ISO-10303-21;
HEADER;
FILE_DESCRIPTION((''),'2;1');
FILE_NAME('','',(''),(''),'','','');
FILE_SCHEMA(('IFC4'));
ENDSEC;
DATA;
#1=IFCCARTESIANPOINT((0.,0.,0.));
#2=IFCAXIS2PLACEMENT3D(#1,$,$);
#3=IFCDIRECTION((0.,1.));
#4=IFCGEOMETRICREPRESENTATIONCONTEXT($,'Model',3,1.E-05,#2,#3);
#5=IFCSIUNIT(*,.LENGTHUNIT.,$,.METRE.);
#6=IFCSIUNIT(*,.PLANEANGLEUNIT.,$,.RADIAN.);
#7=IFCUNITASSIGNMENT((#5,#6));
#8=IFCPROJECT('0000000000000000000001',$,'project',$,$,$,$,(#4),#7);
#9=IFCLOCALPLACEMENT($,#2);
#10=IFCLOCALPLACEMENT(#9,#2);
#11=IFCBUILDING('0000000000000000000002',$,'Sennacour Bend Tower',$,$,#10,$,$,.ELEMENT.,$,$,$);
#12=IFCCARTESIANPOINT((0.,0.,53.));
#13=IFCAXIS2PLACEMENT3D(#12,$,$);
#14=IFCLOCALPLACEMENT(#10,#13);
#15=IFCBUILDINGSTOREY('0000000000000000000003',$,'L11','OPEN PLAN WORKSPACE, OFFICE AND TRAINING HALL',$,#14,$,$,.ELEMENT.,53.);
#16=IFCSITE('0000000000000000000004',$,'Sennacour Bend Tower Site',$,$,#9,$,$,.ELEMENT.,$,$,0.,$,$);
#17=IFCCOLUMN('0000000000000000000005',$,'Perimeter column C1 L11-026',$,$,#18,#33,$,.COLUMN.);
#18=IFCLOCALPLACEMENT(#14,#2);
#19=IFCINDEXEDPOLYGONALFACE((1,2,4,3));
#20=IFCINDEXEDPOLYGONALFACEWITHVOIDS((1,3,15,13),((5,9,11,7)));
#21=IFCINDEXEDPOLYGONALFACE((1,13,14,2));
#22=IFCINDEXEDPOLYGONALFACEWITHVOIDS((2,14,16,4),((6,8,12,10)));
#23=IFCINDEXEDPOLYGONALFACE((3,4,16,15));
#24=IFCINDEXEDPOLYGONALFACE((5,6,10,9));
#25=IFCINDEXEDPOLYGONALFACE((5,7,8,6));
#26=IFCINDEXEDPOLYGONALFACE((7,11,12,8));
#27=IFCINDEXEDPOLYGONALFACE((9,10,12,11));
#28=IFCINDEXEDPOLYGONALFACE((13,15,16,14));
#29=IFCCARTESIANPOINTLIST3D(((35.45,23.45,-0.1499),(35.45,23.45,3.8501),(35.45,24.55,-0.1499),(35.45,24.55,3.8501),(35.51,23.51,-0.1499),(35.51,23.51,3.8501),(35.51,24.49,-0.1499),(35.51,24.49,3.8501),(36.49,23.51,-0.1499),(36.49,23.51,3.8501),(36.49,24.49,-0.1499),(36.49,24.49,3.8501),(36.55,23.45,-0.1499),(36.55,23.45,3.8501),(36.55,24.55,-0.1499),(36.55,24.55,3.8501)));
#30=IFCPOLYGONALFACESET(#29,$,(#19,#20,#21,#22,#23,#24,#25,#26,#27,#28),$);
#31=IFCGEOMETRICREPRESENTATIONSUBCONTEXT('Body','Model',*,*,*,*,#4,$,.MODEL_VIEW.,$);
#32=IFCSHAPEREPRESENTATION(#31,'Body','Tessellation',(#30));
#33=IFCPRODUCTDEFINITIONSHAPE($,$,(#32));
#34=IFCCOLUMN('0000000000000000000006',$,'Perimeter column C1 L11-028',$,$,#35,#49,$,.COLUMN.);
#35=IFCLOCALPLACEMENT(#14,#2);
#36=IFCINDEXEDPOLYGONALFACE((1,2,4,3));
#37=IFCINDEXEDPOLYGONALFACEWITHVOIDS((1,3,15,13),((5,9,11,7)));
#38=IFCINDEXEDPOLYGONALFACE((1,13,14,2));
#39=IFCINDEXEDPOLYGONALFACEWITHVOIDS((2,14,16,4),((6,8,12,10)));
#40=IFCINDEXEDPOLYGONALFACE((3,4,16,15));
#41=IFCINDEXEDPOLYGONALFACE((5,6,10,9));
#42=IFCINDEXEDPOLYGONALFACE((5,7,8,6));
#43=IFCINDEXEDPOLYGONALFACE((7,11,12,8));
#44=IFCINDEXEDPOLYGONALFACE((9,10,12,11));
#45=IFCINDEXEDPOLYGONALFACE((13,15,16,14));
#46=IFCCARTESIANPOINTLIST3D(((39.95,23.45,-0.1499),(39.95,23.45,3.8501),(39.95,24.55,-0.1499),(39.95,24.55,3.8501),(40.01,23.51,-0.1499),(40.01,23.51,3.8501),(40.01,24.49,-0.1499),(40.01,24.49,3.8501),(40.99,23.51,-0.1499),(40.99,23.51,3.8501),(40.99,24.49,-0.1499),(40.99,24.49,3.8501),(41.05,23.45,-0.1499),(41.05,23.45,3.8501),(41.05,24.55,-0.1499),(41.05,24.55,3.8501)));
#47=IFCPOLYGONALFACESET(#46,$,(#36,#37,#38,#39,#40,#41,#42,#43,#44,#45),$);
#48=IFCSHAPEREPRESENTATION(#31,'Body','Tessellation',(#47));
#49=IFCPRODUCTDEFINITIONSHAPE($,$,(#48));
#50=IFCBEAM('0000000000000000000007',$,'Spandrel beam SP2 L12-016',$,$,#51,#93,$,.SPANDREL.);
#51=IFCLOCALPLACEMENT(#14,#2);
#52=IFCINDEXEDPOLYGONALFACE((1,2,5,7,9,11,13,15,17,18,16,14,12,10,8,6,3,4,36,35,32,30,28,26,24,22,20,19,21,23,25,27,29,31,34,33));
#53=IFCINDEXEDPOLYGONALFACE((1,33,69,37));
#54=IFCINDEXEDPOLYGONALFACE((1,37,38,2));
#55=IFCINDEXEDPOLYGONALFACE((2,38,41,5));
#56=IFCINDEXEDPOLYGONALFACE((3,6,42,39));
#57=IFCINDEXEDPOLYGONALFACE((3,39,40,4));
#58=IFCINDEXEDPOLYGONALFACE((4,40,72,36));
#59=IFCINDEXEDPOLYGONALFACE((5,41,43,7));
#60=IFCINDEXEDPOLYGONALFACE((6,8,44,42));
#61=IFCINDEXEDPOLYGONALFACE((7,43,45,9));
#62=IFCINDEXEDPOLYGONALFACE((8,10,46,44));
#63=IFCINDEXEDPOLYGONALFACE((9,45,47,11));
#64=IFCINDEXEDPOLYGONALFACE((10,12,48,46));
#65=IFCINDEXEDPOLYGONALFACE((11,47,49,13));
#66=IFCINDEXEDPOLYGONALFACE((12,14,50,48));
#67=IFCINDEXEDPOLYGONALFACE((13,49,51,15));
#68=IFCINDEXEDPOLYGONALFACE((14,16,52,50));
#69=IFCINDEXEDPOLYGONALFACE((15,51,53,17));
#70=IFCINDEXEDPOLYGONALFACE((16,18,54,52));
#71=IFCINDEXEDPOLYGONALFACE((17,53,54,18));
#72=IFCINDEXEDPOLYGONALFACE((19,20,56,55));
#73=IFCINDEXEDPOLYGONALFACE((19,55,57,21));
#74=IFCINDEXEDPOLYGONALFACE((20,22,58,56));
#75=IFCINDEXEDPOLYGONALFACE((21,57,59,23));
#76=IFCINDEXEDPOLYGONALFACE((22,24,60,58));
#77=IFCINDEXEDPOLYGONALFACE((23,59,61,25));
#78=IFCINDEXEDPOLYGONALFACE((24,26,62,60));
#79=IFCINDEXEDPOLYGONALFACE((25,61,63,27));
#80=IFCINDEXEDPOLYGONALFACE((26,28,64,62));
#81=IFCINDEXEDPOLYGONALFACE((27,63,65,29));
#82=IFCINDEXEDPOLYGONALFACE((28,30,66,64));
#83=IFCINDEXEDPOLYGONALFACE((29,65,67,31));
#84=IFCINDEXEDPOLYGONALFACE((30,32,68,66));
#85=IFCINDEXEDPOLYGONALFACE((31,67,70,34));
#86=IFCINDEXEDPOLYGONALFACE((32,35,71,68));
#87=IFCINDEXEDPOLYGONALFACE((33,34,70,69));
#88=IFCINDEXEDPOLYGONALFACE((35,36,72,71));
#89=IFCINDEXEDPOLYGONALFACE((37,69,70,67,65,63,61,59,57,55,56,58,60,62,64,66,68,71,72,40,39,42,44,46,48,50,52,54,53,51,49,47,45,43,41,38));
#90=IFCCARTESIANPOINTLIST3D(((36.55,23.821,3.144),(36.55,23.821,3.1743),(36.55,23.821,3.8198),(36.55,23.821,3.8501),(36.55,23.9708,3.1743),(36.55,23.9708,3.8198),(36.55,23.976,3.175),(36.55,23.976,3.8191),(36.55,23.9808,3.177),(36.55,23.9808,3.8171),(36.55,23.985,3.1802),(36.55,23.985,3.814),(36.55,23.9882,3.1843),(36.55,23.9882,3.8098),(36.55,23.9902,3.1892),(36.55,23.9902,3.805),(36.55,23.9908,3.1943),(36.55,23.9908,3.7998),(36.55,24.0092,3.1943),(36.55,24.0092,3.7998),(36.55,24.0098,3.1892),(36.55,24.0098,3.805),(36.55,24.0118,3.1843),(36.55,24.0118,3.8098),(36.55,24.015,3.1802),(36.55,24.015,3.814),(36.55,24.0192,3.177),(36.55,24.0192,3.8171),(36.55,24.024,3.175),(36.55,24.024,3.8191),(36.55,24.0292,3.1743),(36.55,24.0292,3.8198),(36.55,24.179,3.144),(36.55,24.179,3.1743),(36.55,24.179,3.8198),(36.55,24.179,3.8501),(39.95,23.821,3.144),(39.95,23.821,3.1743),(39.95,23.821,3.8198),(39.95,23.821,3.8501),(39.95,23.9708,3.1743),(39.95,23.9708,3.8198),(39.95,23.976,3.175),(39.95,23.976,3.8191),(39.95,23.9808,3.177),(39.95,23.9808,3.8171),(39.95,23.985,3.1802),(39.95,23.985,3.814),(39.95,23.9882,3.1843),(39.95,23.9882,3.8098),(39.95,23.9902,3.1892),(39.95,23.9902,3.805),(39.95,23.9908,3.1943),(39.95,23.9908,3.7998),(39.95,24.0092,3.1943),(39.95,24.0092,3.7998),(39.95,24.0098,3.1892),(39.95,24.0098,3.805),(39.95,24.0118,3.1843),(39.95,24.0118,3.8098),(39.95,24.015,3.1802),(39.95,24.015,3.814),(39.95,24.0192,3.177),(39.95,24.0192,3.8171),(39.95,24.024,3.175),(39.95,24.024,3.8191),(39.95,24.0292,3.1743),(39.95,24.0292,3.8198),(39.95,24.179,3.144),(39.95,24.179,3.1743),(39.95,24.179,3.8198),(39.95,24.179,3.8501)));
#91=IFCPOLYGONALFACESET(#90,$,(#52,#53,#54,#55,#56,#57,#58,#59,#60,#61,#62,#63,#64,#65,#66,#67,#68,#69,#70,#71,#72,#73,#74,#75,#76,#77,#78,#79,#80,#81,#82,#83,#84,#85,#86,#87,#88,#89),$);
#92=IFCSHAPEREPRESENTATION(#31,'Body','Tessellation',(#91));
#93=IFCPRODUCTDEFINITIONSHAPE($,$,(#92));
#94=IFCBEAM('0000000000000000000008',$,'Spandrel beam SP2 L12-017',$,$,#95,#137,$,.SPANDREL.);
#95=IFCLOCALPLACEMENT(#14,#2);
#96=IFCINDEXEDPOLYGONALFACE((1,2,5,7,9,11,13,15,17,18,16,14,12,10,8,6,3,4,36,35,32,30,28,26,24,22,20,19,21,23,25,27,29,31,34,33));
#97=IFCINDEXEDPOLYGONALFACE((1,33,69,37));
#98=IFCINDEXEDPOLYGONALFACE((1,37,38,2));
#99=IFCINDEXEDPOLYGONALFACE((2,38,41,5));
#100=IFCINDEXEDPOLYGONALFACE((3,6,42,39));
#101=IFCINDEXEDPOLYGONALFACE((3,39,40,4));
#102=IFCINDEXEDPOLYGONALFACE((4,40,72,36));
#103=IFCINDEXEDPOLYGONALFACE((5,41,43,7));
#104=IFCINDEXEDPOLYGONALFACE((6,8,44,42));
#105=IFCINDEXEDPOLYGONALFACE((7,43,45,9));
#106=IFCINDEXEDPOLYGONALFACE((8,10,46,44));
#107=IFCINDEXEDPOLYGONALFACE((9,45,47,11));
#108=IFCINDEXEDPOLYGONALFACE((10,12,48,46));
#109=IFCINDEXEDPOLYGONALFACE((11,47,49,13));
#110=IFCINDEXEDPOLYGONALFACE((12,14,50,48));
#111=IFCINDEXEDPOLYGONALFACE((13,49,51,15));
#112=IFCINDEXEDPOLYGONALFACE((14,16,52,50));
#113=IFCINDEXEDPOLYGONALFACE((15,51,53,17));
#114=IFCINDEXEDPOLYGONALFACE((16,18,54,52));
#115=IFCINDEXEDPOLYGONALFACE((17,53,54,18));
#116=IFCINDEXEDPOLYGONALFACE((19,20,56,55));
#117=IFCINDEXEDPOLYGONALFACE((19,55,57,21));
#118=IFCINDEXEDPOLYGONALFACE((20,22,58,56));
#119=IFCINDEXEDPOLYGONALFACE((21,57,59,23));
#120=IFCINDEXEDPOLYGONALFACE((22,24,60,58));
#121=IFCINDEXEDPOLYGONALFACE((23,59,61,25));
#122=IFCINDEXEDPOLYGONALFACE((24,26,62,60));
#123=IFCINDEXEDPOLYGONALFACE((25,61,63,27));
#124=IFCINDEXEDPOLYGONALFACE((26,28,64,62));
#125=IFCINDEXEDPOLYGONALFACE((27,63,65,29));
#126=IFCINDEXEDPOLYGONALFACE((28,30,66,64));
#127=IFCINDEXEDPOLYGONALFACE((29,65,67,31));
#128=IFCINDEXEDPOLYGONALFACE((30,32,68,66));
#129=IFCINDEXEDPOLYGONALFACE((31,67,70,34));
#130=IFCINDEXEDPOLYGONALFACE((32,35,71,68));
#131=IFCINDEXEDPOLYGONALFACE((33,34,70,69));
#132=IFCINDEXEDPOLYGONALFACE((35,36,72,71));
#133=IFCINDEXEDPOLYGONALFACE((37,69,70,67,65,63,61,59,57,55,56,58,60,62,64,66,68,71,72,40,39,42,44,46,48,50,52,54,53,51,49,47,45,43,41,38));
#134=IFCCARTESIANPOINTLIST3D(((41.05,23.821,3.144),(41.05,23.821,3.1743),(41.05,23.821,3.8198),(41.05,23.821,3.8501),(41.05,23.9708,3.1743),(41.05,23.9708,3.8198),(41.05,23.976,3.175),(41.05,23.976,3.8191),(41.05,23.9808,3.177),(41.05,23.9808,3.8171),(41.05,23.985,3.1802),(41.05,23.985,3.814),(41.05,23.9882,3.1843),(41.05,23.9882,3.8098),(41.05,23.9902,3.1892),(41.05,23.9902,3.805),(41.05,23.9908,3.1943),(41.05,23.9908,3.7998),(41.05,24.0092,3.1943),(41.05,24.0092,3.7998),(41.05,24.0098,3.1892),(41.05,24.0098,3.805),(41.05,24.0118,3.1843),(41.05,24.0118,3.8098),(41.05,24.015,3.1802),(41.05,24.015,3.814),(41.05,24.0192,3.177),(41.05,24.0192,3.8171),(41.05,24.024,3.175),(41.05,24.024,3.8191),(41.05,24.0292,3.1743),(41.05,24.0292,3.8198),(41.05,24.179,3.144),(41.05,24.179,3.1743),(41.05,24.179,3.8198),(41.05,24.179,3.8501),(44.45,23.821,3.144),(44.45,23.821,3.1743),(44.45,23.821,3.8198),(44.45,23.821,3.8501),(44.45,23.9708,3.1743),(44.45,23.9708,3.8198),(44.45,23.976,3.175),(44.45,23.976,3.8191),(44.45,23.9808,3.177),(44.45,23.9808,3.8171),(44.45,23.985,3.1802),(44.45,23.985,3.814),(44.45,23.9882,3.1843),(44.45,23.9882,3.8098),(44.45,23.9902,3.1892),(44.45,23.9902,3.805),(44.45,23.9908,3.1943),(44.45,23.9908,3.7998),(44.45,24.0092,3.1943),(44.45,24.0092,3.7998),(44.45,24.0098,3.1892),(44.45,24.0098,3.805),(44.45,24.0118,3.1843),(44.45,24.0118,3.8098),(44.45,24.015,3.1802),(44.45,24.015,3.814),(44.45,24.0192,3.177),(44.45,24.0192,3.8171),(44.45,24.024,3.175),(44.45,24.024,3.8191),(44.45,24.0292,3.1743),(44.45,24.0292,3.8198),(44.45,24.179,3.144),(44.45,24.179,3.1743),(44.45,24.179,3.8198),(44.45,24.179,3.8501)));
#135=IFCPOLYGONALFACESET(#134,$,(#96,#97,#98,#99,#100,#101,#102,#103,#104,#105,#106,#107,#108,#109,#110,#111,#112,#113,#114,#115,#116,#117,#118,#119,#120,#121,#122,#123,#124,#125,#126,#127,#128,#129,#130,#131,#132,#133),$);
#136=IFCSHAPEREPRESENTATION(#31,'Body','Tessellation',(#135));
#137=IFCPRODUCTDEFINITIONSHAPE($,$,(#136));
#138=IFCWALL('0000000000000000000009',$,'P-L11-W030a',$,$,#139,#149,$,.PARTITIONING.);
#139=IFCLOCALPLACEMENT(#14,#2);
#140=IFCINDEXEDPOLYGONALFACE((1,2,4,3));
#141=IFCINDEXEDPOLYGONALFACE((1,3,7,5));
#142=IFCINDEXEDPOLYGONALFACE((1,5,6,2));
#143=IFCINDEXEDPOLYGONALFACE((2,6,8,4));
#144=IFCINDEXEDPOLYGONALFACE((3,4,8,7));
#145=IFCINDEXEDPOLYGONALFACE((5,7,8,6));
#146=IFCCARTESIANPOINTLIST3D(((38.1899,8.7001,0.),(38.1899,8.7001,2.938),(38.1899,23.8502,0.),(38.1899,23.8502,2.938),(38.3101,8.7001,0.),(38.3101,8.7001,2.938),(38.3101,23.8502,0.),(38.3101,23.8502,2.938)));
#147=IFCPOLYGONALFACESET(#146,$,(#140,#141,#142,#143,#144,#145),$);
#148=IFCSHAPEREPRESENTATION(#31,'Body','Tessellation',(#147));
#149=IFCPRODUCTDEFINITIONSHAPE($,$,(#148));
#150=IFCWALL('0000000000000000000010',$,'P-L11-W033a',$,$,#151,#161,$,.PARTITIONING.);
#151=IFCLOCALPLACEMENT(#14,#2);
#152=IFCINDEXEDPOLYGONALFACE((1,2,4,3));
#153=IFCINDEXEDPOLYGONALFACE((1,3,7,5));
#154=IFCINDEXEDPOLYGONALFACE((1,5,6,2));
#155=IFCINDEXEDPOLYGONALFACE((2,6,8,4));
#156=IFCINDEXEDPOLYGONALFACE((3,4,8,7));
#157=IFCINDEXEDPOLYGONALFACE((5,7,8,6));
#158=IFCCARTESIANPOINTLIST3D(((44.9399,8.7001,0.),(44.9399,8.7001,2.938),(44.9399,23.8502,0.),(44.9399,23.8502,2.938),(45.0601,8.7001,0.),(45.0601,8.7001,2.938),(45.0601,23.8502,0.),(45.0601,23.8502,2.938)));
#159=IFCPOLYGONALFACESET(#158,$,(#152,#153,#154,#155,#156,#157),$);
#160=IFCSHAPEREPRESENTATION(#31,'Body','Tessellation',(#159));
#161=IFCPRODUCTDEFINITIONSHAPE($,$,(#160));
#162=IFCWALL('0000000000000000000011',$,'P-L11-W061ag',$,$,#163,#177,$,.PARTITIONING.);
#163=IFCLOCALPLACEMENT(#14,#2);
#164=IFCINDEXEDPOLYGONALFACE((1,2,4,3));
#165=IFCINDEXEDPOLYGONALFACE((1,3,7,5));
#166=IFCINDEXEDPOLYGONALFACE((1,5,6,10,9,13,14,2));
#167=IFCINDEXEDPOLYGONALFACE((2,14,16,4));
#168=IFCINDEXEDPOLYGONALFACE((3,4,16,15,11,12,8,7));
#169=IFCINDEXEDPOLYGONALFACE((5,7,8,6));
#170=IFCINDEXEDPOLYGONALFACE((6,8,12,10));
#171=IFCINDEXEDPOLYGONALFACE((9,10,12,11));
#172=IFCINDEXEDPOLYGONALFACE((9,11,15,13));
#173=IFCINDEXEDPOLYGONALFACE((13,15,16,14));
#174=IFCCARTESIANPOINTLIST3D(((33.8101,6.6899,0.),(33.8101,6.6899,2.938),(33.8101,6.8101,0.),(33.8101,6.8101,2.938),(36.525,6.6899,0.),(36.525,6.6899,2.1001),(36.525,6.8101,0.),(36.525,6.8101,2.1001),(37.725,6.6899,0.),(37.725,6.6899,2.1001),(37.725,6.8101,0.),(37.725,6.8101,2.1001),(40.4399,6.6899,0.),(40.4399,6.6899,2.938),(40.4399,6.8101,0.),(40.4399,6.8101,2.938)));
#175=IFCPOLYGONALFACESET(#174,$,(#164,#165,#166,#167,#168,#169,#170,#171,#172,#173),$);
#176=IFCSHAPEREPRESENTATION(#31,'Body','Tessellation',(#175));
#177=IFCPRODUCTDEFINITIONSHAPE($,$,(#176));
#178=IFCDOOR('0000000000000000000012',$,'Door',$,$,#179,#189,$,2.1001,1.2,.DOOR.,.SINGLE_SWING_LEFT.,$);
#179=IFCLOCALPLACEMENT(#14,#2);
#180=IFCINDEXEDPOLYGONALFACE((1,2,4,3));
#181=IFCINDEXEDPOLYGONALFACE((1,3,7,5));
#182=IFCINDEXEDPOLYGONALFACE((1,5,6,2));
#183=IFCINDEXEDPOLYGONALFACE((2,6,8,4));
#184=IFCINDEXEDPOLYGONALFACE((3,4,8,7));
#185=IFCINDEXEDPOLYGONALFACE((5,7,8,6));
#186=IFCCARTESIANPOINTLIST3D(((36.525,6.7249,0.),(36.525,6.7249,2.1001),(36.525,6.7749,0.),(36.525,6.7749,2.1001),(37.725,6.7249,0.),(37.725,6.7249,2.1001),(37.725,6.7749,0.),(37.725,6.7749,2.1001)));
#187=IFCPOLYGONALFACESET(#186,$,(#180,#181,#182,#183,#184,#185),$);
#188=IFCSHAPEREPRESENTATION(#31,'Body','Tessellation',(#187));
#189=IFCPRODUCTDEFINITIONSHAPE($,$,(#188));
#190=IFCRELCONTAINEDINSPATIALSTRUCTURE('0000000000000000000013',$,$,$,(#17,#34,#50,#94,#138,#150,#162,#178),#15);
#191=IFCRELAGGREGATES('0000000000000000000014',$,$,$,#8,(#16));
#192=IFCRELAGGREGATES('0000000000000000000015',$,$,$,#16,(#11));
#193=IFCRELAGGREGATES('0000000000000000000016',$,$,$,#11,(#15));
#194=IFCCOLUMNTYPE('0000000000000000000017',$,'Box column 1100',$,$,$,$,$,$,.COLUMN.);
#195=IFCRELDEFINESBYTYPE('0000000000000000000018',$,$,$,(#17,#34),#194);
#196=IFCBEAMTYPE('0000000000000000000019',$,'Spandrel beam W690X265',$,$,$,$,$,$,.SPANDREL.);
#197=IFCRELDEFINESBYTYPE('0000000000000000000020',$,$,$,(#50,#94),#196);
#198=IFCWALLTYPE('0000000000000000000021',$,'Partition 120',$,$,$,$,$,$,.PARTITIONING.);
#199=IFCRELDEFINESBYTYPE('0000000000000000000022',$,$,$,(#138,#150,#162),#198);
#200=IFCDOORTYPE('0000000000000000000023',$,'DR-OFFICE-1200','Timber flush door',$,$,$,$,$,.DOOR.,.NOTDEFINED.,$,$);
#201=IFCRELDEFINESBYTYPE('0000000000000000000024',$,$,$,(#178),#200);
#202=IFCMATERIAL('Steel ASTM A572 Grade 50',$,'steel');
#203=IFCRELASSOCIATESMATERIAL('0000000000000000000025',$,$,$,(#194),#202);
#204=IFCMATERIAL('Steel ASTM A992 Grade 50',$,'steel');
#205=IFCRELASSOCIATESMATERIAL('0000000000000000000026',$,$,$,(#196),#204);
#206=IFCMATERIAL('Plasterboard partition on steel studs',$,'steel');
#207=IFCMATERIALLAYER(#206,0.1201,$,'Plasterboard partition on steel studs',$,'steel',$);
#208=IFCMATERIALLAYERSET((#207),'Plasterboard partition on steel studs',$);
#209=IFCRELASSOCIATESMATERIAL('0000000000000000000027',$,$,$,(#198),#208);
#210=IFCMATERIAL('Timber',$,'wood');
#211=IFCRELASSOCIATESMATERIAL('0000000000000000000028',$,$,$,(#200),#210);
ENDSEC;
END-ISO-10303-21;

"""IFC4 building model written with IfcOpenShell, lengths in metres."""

from ifc_helpers import new_model, si_unit, direction, frame, frame_2d, origin, origin_2d, place, context, subcontext, project, spatial, rectangle, hollow_rectangle, i_section, extrude, material, layer, layer_set, material_profile, profile_set, type_object, element, fill, save


model = new_model("IFC4")

# Units and contexts
model_context = context("Model", 3, precision=1e-05, world=origin(), true_north=direction((0.0, 1.0)))
body_context = subcontext(model_context, "Body", "Model", "MODEL_VIEW")
ifc_project = project(units=[si_unit("LENGTHUNIT", "METRE"), si_unit("PLANEANGLEUNIT", "RADIAN")], contexts=[model_context])

# Site, building, storey
site_placement = place(None, origin())
site = spatial("IfcSite", under=ifc_project, at=site_placement, Name="Sennacour Bend Tower Site", CompositionType="ELEMENT", RefElevation=0.0)
building_placement = place(site_placement, origin())
building = spatial("IfcBuilding", under=site, at=building_placement, Name="Sennacour Bend Tower", CompositionType="ELEMENT")
storey_placement = place(building_placement, frame((0.0, 0.0, 53.0)))
storey = spatial("IfcBuildingStorey", under=building, at=storey_placement, Name="L11", Description="OPEN PLAN WORKSPACE, OFFICE AND TRAINING HALL", CompositionType="ELEMENT", Elevation=53.0)

# Columns
ifc_material_1 = material(Name="Steel ASTM A572 Grade 50", Category="steel")
ifc_material_profile_1 = material_profile(ifc_material_1, hollow_rectangle(XDim=1.1001, YDim=1.1001, WallThickness=0.0601, at=origin_2d()), Name="Steel ASTM A572 Grade 50", Category="steel")
ifc_profile_set_1 = profile_set([ifc_material_profile_1], Name="Steel ASTM A572 Grade 50")
column_type = type_object("IfcColumnType", Name="Box column 1100", PredefinedType="COLUMN", material=ifc_profile_set_1)
for number, where, z_axis, x_axis, name in (
    (1, (36.0, 24.0, -0.1499), (0.0, 0.0, 1.0), (1.0, 0.0, 0.0), "Perimeter column C1 L11-026"),
    (2, (40.5, 24.0, -0.1499), (0.0, 0.0, 1.0), (1.0, 0.0, 0.0), "Perimeter column C1 L11-028"),
):
    element("IfcColumn", number, at=place(storey_placement, frame(where, z_axis=z_axis, x_axis=x_axis)), inside=storey, type_object=column_type, Name=name, PredefinedType="COLUMN", context=body_context, shape_type="SweptSolid", body=[
        extrude(hollow_rectangle(XDim=1.1001, YDim=1.1001, WallThickness=0.0601, at=origin_2d()), origin(), (0.0, 0.0, 1.0), 4.0),
    ])

# Beams
ifc_material_2 = material(Name="Steel ASTM A992 Grade 50", Category="steel")
ifc_material_profile_2 = material_profile(ifc_material_2, i_section(OverallWidth=0.3579, OverallDepth=0.7061, WebThickness=0.0183, FlangeThickness=0.0303, FilletRadius=0.02, at=origin_2d()), Name="Steel ASTM A992 Grade 50", Category="steel")
ifc_profile_set_2 = profile_set([ifc_material_profile_2], Name="Steel ASTM A992 Grade 50")
beam_type = type_object("IfcBeamType", Name="Spandrel beam W690X265", PredefinedType="SPANDREL", material=ifc_profile_set_2)
for number, where, z_axis, x_axis, name in (
    (3, (36.55, 24.0, 3.4971), (1.0, 0.0, 0.0), (0.0, 1.0, 0.0), "Spandrel beam SP2 L12-016"),
    (4, (41.05, 24.0, 3.4971), (1.0, 0.0, 0.0), (0.0, 1.0, 0.0), "Spandrel beam SP2 L12-017"),
):
    element("IfcBeam", number, at=place(storey_placement, frame(where, z_axis=z_axis, x_axis=x_axis)), inside=storey, type_object=beam_type, Name=name, PredefinedType="SPANDREL", context=body_context, shape_type="SweptSolid", body=[
        extrude(i_section(OverallWidth=0.3579, OverallDepth=0.7061, WebThickness=0.0183, FlangeThickness=0.0303, FilletRadius=0.02, at=origin_2d()), origin(), (0.0, 0.0, 1.0), 3.3999),
    ])

# Walls
ifc_material_3 = material(Name="Plasterboard partition on steel studs", Category="steel")
ifc_layer_1 = layer(ifc_material_3, 0.1201, Name="Plasterboard partition on steel studs", Category="steel")
ifc_layer_set_1 = layer_set([ifc_layer_1], Name="Plasterboard partition on steel studs")
wall_type_1 = type_object("IfcWallType", Name="Partition 120", PredefinedType="PARTITIONING", material=ifc_layer_set_1)
for number, where, z_axis, x_axis, name in (
    (5, (38.25, 8.7, 0.0), (0.0, 0.0, 1.0), (0.0, 1.0, 0.0), "P-L11-W030a"),
    (6, (45.0, 8.7, 0.0), (0.0, 0.0, 1.0), (0.0, 1.0, 0.0), "P-L11-W033a"),
):
    element("IfcWall", number, at=place(storey_placement, frame(where, z_axis=z_axis, x_axis=x_axis)), inside=storey, type_object=wall_type_1, Name=name, PredefinedType="PARTITIONING", context=body_context, shape_type="SweptSolid", body=[
        extrude(rectangle(XDim=15.1501, YDim=0.1201, at=frame_2d((7.5752, 0.0))), origin(), (0.0, 0.0, 1.0), 2.938),
    ])

# Wall, opening, door
wall_1_placement = place(storey_placement, frame((33.8101, 6.75, 0.0), z_axis=(0.0, 0.0, 1.0), x_axis=(1.0, 0.0, 0.0)))
wall_1 = element("IfcWall", 7, at=wall_1_placement, inside=storey, type_object=wall_type_1, Name="P-L11-W061ag", PredefinedType="PARTITIONING", context=body_context, shape_type="SweptSolid", body=[
    extrude(rectangle(XDim=6.6299, YDim=0.1201, at=frame_2d((3.3149, 0.0))), origin(), (0.0, 0.0, 1.0), 2.938),
])
opening_1_placement = place(wall_1_placement, frame((2.7148, 0.0, 0.0)))
opening_1 = element("IfcOpeningElement", 8, at=opening_1_placement, cuts=wall_1, PredefinedType="OPENING", context=body_context, shape_type="SweptSolid", body=[
    extrude(rectangle(XDim=1.2, YDim=2.1001, at=frame_2d((0.6001, 1.05))), frame((0.0, 0.0701, 0.0), z_axis=(0.0, -1.0, 0.0), x_axis=(1.0, 0.0, 0.0)), (0.0, 0.0, 1.0), 0.1401),
])
ifc_material_4 = material(Name="Timber", Category="wood")
door_type_1 = type_object("IfcDoorType", Name="DR-OFFICE-1200", Description="Timber flush door", OperationType="NOTDEFINED", PredefinedType="DOOR", material=ifc_material_4)
door_1_placement = place(opening_1_placement, origin())
door_1 = element("IfcDoor", 9, at=door_1_placement, inside=storey, type_object=door_type_1, Name="Door", OperationType="SINGLE_SWING_LEFT", OverallHeight=2.1001, OverallWidth=1.2, PredefinedType="DOOR", context=body_context, shape_type="SweptSolid", body=[
    extrude(rectangle(XDim=1.2, YDim=2.1001, at=frame_2d((0.6001, 1.05))), frame((0.0, 0.0249, 0.0), z_axis=(0.0, -1.0, 0.0), x_axis=(1.0, 0.0, 0.0)), (0.0, 0.0, 1.0), 0.05),
])
fill(opening_1, door_1)

save(model, "model.ifc")
